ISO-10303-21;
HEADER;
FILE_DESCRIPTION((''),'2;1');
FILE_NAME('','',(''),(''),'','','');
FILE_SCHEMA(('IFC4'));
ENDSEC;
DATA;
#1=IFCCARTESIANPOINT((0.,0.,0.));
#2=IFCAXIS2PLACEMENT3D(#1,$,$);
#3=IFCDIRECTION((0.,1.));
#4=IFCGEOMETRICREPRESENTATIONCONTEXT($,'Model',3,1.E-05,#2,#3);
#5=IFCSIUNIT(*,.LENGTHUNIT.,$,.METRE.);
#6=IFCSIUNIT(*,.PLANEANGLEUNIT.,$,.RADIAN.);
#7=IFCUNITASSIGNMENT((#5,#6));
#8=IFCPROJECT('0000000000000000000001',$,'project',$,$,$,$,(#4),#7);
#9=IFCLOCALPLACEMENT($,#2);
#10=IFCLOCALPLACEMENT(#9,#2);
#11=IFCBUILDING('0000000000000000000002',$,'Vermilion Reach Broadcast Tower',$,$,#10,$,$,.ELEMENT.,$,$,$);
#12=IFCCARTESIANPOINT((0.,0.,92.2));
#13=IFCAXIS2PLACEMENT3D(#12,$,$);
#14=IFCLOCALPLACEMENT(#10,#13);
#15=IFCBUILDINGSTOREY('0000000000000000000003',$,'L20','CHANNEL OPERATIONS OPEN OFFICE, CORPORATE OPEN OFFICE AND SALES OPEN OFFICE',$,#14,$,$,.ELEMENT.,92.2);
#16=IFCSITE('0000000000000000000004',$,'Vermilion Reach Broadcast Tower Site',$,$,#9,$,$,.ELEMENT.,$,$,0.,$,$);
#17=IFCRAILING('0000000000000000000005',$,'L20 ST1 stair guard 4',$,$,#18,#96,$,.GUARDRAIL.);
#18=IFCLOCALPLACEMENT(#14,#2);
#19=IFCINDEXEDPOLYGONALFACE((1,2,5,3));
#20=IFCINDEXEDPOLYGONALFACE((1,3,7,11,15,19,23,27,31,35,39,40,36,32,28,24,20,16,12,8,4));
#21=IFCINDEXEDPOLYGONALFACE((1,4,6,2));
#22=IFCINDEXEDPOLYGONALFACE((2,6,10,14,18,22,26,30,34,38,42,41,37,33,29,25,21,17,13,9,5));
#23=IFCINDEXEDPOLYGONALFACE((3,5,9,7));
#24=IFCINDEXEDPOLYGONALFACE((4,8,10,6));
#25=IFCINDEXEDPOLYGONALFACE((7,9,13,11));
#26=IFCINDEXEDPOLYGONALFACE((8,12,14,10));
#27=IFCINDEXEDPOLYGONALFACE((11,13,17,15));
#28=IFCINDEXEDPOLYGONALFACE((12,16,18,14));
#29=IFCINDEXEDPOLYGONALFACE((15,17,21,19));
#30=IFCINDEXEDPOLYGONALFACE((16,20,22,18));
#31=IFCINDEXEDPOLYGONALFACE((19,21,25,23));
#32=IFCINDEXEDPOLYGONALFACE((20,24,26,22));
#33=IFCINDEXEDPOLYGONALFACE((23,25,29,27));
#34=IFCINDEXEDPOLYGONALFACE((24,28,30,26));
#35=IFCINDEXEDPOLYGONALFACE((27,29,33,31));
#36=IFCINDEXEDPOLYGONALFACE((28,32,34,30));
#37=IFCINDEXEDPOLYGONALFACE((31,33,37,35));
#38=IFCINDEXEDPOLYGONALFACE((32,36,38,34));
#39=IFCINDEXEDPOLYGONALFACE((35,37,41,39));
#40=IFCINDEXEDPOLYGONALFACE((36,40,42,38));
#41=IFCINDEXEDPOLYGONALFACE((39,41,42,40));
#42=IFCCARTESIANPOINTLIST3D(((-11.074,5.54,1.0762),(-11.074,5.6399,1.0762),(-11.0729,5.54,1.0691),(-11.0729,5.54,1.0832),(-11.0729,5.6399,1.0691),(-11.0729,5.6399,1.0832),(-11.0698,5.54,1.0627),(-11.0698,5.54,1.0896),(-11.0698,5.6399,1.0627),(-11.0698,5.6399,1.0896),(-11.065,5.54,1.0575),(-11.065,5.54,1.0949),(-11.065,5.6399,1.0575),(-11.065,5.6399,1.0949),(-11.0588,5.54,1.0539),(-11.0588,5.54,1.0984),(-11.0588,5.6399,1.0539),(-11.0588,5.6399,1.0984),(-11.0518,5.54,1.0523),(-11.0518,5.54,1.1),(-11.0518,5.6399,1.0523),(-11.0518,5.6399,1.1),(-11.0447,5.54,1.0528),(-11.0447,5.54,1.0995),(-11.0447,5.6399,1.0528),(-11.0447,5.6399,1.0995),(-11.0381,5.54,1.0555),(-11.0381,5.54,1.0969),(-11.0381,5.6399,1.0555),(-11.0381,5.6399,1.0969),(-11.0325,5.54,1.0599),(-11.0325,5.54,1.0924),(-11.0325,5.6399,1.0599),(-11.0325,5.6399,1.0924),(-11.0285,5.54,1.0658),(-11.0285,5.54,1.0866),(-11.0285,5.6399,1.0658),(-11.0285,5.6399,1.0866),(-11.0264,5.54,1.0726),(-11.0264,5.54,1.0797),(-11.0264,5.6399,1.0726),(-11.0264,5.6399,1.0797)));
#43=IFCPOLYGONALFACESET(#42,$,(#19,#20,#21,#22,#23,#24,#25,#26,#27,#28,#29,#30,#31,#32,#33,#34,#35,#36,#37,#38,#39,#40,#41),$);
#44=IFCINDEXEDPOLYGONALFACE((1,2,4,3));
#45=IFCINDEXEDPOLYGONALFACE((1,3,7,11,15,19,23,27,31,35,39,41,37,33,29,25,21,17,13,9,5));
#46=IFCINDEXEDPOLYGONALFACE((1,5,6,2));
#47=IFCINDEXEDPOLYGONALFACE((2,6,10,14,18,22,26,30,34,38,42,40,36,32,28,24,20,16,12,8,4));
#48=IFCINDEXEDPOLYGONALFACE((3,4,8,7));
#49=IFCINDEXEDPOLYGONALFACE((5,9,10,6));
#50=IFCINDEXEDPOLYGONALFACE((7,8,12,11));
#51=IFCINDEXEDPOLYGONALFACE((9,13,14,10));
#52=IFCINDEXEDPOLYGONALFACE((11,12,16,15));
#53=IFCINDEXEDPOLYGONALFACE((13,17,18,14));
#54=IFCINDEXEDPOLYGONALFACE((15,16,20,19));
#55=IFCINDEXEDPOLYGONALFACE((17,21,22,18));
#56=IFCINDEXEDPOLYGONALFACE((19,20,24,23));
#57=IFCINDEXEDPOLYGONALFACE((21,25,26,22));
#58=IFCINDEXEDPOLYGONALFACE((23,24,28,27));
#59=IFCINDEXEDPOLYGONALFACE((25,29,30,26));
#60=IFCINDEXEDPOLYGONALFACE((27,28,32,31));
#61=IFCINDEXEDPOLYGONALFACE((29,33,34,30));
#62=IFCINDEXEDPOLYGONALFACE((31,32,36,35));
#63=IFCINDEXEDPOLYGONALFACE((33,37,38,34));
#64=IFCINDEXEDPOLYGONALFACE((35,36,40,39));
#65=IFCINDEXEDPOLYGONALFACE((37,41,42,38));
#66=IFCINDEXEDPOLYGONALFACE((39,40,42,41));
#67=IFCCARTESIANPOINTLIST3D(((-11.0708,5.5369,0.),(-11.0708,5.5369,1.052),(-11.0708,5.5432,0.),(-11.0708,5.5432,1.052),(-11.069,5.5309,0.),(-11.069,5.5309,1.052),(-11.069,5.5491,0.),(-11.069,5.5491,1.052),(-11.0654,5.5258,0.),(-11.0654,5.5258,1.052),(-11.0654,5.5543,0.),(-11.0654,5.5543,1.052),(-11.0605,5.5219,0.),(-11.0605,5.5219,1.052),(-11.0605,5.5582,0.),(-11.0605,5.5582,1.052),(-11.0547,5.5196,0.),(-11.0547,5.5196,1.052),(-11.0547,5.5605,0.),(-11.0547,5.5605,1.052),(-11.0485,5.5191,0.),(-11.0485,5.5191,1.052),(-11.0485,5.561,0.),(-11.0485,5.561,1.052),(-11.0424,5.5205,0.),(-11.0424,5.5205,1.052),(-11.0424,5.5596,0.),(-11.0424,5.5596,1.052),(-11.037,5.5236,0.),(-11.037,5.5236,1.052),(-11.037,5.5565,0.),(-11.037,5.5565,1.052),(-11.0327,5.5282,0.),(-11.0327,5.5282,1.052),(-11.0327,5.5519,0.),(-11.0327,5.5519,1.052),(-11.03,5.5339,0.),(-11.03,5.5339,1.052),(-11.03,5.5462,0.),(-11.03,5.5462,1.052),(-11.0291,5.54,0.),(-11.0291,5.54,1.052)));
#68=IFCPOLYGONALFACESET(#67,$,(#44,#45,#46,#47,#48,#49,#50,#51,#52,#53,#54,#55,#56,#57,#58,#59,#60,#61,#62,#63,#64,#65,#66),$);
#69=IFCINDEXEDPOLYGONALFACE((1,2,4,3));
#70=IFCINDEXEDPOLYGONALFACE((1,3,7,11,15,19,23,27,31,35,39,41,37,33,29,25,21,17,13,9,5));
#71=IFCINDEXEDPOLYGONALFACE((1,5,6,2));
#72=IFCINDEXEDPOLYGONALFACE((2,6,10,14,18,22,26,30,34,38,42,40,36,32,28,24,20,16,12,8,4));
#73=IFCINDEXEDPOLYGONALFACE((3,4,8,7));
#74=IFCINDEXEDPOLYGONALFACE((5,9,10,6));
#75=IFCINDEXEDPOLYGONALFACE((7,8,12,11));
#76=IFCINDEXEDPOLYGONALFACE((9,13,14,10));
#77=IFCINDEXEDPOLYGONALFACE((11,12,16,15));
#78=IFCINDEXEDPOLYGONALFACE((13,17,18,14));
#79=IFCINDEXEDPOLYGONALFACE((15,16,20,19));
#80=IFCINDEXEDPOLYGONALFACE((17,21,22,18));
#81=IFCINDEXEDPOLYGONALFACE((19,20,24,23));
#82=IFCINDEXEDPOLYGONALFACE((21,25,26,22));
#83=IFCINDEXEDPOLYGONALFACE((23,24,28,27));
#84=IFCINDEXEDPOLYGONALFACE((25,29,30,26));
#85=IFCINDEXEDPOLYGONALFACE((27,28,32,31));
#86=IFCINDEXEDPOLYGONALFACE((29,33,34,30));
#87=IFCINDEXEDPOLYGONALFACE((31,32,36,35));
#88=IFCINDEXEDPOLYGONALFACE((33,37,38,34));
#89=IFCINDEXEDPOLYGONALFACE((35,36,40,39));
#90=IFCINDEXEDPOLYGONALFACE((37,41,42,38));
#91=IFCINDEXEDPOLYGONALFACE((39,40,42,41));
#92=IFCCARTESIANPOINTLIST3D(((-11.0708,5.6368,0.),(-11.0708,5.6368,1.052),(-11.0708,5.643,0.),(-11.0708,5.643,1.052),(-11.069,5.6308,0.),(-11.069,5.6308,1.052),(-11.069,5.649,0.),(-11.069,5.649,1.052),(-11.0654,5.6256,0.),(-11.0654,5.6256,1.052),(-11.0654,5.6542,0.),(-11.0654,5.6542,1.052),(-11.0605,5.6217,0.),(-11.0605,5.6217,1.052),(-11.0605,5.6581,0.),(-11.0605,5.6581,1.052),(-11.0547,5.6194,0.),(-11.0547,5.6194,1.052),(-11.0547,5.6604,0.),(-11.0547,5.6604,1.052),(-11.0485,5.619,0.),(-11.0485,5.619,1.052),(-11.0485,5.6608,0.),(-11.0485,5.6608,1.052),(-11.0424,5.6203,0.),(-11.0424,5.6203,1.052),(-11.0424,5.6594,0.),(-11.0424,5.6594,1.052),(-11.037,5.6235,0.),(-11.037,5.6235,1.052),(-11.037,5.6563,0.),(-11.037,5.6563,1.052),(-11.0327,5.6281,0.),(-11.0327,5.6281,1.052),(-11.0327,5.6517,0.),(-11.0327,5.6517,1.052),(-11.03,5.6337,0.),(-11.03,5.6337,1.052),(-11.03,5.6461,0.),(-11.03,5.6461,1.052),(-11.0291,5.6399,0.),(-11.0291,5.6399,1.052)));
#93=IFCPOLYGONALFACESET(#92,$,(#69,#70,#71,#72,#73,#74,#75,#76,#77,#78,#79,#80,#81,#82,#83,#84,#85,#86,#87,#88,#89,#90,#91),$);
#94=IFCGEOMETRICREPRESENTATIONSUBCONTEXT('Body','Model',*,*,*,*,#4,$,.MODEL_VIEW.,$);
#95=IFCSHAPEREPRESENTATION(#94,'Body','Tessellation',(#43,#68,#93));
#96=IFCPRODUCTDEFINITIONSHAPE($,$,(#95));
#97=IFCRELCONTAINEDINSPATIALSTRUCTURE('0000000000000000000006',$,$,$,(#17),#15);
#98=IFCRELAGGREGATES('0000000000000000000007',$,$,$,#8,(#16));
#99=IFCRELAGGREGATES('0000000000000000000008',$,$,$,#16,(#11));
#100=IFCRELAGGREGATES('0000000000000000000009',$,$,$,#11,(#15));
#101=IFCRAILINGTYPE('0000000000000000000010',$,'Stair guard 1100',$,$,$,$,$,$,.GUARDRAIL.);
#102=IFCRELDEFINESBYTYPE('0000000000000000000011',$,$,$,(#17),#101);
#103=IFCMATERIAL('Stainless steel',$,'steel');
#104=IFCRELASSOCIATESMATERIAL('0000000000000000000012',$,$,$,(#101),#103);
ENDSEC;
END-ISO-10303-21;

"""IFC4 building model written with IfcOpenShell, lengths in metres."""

from ifc_helpers import new_model, si_unit, direction, frame, origin, origin_2d, place, context, subcontext, project, spatial, circle, extrude, material, type_object, element, save


model = new_model("IFC4")

# Units and contexts
model_context = context("Model", 3, precision=1e-05, world=origin(), true_north=direction((0.0, 1.0)))
body_context = subcontext(model_context, "Body", "Model", "MODEL_VIEW")
ifc_project = project(units=[si_unit("LENGTHUNIT", "METRE"), si_unit("PLANEANGLEUNIT", "RADIAN")], contexts=[model_context])

# Site, building, storey
site_placement = place(None, origin())
site = spatial("IfcSite", under=ifc_project, at=site_placement, Name="Vermilion Reach Broadcast Tower Site", CompositionType="ELEMENT", RefElevation=0.0)
building_placement = place(site_placement, origin())
building = spatial("IfcBuilding", under=site, at=building_placement, Name="Vermilion Reach Broadcast Tower", CompositionType="ELEMENT")
storey_placement = place(building_placement, frame((0.0, 0.0, 92.2)))
storey = spatial("IfcBuildingStorey", under=building, at=storey_placement, Name="L20", Description="CHANNEL OPERATIONS OPEN OFFICE, CORPORATE OPEN OFFICE AND SALES OPEN OFFICE", CompositionType="ELEMENT", Elevation=92.2)

# Railing
ifc_material_1 = material(Name="Stainless steel", Category="steel")
railing_type_1 = type_object("IfcRailingType", Name="Stair guard 1100", PredefinedType="GUARDRAIL", material=ifc_material_1)
railing_1_placement = place(storey_placement, frame((-11.05, 5.54, 0.0)))
element("IfcRailing", 1, at=railing_1_placement, inside=storey, type_object=railing_type_1, Name="L20 ST1 stair guard 4", PredefinedType="GUARDRAIL", context=body_context, shape_type="SweptSolid", body=[
    extrude(circle(Radius=0.0239, at=origin_2d()), frame((0.0, 0.0, 1.0762), z_axis=(0.0, 1.0, 0.0), x_axis=(-1.0, 0.0, 0.0)), (0.0, 0.0, 1.0), 0.0999),
    extrude(circle(Radius=0.021, at=origin_2d()), origin(), (0.0, 0.0, 1.0), 1.052),
    extrude(circle(Radius=0.021, at=origin_2d()), frame((0.0, 0.0999, 0.0)), (0.0, 0.0, 1.0), 1.052),
])

save(model, "model.ifc")
